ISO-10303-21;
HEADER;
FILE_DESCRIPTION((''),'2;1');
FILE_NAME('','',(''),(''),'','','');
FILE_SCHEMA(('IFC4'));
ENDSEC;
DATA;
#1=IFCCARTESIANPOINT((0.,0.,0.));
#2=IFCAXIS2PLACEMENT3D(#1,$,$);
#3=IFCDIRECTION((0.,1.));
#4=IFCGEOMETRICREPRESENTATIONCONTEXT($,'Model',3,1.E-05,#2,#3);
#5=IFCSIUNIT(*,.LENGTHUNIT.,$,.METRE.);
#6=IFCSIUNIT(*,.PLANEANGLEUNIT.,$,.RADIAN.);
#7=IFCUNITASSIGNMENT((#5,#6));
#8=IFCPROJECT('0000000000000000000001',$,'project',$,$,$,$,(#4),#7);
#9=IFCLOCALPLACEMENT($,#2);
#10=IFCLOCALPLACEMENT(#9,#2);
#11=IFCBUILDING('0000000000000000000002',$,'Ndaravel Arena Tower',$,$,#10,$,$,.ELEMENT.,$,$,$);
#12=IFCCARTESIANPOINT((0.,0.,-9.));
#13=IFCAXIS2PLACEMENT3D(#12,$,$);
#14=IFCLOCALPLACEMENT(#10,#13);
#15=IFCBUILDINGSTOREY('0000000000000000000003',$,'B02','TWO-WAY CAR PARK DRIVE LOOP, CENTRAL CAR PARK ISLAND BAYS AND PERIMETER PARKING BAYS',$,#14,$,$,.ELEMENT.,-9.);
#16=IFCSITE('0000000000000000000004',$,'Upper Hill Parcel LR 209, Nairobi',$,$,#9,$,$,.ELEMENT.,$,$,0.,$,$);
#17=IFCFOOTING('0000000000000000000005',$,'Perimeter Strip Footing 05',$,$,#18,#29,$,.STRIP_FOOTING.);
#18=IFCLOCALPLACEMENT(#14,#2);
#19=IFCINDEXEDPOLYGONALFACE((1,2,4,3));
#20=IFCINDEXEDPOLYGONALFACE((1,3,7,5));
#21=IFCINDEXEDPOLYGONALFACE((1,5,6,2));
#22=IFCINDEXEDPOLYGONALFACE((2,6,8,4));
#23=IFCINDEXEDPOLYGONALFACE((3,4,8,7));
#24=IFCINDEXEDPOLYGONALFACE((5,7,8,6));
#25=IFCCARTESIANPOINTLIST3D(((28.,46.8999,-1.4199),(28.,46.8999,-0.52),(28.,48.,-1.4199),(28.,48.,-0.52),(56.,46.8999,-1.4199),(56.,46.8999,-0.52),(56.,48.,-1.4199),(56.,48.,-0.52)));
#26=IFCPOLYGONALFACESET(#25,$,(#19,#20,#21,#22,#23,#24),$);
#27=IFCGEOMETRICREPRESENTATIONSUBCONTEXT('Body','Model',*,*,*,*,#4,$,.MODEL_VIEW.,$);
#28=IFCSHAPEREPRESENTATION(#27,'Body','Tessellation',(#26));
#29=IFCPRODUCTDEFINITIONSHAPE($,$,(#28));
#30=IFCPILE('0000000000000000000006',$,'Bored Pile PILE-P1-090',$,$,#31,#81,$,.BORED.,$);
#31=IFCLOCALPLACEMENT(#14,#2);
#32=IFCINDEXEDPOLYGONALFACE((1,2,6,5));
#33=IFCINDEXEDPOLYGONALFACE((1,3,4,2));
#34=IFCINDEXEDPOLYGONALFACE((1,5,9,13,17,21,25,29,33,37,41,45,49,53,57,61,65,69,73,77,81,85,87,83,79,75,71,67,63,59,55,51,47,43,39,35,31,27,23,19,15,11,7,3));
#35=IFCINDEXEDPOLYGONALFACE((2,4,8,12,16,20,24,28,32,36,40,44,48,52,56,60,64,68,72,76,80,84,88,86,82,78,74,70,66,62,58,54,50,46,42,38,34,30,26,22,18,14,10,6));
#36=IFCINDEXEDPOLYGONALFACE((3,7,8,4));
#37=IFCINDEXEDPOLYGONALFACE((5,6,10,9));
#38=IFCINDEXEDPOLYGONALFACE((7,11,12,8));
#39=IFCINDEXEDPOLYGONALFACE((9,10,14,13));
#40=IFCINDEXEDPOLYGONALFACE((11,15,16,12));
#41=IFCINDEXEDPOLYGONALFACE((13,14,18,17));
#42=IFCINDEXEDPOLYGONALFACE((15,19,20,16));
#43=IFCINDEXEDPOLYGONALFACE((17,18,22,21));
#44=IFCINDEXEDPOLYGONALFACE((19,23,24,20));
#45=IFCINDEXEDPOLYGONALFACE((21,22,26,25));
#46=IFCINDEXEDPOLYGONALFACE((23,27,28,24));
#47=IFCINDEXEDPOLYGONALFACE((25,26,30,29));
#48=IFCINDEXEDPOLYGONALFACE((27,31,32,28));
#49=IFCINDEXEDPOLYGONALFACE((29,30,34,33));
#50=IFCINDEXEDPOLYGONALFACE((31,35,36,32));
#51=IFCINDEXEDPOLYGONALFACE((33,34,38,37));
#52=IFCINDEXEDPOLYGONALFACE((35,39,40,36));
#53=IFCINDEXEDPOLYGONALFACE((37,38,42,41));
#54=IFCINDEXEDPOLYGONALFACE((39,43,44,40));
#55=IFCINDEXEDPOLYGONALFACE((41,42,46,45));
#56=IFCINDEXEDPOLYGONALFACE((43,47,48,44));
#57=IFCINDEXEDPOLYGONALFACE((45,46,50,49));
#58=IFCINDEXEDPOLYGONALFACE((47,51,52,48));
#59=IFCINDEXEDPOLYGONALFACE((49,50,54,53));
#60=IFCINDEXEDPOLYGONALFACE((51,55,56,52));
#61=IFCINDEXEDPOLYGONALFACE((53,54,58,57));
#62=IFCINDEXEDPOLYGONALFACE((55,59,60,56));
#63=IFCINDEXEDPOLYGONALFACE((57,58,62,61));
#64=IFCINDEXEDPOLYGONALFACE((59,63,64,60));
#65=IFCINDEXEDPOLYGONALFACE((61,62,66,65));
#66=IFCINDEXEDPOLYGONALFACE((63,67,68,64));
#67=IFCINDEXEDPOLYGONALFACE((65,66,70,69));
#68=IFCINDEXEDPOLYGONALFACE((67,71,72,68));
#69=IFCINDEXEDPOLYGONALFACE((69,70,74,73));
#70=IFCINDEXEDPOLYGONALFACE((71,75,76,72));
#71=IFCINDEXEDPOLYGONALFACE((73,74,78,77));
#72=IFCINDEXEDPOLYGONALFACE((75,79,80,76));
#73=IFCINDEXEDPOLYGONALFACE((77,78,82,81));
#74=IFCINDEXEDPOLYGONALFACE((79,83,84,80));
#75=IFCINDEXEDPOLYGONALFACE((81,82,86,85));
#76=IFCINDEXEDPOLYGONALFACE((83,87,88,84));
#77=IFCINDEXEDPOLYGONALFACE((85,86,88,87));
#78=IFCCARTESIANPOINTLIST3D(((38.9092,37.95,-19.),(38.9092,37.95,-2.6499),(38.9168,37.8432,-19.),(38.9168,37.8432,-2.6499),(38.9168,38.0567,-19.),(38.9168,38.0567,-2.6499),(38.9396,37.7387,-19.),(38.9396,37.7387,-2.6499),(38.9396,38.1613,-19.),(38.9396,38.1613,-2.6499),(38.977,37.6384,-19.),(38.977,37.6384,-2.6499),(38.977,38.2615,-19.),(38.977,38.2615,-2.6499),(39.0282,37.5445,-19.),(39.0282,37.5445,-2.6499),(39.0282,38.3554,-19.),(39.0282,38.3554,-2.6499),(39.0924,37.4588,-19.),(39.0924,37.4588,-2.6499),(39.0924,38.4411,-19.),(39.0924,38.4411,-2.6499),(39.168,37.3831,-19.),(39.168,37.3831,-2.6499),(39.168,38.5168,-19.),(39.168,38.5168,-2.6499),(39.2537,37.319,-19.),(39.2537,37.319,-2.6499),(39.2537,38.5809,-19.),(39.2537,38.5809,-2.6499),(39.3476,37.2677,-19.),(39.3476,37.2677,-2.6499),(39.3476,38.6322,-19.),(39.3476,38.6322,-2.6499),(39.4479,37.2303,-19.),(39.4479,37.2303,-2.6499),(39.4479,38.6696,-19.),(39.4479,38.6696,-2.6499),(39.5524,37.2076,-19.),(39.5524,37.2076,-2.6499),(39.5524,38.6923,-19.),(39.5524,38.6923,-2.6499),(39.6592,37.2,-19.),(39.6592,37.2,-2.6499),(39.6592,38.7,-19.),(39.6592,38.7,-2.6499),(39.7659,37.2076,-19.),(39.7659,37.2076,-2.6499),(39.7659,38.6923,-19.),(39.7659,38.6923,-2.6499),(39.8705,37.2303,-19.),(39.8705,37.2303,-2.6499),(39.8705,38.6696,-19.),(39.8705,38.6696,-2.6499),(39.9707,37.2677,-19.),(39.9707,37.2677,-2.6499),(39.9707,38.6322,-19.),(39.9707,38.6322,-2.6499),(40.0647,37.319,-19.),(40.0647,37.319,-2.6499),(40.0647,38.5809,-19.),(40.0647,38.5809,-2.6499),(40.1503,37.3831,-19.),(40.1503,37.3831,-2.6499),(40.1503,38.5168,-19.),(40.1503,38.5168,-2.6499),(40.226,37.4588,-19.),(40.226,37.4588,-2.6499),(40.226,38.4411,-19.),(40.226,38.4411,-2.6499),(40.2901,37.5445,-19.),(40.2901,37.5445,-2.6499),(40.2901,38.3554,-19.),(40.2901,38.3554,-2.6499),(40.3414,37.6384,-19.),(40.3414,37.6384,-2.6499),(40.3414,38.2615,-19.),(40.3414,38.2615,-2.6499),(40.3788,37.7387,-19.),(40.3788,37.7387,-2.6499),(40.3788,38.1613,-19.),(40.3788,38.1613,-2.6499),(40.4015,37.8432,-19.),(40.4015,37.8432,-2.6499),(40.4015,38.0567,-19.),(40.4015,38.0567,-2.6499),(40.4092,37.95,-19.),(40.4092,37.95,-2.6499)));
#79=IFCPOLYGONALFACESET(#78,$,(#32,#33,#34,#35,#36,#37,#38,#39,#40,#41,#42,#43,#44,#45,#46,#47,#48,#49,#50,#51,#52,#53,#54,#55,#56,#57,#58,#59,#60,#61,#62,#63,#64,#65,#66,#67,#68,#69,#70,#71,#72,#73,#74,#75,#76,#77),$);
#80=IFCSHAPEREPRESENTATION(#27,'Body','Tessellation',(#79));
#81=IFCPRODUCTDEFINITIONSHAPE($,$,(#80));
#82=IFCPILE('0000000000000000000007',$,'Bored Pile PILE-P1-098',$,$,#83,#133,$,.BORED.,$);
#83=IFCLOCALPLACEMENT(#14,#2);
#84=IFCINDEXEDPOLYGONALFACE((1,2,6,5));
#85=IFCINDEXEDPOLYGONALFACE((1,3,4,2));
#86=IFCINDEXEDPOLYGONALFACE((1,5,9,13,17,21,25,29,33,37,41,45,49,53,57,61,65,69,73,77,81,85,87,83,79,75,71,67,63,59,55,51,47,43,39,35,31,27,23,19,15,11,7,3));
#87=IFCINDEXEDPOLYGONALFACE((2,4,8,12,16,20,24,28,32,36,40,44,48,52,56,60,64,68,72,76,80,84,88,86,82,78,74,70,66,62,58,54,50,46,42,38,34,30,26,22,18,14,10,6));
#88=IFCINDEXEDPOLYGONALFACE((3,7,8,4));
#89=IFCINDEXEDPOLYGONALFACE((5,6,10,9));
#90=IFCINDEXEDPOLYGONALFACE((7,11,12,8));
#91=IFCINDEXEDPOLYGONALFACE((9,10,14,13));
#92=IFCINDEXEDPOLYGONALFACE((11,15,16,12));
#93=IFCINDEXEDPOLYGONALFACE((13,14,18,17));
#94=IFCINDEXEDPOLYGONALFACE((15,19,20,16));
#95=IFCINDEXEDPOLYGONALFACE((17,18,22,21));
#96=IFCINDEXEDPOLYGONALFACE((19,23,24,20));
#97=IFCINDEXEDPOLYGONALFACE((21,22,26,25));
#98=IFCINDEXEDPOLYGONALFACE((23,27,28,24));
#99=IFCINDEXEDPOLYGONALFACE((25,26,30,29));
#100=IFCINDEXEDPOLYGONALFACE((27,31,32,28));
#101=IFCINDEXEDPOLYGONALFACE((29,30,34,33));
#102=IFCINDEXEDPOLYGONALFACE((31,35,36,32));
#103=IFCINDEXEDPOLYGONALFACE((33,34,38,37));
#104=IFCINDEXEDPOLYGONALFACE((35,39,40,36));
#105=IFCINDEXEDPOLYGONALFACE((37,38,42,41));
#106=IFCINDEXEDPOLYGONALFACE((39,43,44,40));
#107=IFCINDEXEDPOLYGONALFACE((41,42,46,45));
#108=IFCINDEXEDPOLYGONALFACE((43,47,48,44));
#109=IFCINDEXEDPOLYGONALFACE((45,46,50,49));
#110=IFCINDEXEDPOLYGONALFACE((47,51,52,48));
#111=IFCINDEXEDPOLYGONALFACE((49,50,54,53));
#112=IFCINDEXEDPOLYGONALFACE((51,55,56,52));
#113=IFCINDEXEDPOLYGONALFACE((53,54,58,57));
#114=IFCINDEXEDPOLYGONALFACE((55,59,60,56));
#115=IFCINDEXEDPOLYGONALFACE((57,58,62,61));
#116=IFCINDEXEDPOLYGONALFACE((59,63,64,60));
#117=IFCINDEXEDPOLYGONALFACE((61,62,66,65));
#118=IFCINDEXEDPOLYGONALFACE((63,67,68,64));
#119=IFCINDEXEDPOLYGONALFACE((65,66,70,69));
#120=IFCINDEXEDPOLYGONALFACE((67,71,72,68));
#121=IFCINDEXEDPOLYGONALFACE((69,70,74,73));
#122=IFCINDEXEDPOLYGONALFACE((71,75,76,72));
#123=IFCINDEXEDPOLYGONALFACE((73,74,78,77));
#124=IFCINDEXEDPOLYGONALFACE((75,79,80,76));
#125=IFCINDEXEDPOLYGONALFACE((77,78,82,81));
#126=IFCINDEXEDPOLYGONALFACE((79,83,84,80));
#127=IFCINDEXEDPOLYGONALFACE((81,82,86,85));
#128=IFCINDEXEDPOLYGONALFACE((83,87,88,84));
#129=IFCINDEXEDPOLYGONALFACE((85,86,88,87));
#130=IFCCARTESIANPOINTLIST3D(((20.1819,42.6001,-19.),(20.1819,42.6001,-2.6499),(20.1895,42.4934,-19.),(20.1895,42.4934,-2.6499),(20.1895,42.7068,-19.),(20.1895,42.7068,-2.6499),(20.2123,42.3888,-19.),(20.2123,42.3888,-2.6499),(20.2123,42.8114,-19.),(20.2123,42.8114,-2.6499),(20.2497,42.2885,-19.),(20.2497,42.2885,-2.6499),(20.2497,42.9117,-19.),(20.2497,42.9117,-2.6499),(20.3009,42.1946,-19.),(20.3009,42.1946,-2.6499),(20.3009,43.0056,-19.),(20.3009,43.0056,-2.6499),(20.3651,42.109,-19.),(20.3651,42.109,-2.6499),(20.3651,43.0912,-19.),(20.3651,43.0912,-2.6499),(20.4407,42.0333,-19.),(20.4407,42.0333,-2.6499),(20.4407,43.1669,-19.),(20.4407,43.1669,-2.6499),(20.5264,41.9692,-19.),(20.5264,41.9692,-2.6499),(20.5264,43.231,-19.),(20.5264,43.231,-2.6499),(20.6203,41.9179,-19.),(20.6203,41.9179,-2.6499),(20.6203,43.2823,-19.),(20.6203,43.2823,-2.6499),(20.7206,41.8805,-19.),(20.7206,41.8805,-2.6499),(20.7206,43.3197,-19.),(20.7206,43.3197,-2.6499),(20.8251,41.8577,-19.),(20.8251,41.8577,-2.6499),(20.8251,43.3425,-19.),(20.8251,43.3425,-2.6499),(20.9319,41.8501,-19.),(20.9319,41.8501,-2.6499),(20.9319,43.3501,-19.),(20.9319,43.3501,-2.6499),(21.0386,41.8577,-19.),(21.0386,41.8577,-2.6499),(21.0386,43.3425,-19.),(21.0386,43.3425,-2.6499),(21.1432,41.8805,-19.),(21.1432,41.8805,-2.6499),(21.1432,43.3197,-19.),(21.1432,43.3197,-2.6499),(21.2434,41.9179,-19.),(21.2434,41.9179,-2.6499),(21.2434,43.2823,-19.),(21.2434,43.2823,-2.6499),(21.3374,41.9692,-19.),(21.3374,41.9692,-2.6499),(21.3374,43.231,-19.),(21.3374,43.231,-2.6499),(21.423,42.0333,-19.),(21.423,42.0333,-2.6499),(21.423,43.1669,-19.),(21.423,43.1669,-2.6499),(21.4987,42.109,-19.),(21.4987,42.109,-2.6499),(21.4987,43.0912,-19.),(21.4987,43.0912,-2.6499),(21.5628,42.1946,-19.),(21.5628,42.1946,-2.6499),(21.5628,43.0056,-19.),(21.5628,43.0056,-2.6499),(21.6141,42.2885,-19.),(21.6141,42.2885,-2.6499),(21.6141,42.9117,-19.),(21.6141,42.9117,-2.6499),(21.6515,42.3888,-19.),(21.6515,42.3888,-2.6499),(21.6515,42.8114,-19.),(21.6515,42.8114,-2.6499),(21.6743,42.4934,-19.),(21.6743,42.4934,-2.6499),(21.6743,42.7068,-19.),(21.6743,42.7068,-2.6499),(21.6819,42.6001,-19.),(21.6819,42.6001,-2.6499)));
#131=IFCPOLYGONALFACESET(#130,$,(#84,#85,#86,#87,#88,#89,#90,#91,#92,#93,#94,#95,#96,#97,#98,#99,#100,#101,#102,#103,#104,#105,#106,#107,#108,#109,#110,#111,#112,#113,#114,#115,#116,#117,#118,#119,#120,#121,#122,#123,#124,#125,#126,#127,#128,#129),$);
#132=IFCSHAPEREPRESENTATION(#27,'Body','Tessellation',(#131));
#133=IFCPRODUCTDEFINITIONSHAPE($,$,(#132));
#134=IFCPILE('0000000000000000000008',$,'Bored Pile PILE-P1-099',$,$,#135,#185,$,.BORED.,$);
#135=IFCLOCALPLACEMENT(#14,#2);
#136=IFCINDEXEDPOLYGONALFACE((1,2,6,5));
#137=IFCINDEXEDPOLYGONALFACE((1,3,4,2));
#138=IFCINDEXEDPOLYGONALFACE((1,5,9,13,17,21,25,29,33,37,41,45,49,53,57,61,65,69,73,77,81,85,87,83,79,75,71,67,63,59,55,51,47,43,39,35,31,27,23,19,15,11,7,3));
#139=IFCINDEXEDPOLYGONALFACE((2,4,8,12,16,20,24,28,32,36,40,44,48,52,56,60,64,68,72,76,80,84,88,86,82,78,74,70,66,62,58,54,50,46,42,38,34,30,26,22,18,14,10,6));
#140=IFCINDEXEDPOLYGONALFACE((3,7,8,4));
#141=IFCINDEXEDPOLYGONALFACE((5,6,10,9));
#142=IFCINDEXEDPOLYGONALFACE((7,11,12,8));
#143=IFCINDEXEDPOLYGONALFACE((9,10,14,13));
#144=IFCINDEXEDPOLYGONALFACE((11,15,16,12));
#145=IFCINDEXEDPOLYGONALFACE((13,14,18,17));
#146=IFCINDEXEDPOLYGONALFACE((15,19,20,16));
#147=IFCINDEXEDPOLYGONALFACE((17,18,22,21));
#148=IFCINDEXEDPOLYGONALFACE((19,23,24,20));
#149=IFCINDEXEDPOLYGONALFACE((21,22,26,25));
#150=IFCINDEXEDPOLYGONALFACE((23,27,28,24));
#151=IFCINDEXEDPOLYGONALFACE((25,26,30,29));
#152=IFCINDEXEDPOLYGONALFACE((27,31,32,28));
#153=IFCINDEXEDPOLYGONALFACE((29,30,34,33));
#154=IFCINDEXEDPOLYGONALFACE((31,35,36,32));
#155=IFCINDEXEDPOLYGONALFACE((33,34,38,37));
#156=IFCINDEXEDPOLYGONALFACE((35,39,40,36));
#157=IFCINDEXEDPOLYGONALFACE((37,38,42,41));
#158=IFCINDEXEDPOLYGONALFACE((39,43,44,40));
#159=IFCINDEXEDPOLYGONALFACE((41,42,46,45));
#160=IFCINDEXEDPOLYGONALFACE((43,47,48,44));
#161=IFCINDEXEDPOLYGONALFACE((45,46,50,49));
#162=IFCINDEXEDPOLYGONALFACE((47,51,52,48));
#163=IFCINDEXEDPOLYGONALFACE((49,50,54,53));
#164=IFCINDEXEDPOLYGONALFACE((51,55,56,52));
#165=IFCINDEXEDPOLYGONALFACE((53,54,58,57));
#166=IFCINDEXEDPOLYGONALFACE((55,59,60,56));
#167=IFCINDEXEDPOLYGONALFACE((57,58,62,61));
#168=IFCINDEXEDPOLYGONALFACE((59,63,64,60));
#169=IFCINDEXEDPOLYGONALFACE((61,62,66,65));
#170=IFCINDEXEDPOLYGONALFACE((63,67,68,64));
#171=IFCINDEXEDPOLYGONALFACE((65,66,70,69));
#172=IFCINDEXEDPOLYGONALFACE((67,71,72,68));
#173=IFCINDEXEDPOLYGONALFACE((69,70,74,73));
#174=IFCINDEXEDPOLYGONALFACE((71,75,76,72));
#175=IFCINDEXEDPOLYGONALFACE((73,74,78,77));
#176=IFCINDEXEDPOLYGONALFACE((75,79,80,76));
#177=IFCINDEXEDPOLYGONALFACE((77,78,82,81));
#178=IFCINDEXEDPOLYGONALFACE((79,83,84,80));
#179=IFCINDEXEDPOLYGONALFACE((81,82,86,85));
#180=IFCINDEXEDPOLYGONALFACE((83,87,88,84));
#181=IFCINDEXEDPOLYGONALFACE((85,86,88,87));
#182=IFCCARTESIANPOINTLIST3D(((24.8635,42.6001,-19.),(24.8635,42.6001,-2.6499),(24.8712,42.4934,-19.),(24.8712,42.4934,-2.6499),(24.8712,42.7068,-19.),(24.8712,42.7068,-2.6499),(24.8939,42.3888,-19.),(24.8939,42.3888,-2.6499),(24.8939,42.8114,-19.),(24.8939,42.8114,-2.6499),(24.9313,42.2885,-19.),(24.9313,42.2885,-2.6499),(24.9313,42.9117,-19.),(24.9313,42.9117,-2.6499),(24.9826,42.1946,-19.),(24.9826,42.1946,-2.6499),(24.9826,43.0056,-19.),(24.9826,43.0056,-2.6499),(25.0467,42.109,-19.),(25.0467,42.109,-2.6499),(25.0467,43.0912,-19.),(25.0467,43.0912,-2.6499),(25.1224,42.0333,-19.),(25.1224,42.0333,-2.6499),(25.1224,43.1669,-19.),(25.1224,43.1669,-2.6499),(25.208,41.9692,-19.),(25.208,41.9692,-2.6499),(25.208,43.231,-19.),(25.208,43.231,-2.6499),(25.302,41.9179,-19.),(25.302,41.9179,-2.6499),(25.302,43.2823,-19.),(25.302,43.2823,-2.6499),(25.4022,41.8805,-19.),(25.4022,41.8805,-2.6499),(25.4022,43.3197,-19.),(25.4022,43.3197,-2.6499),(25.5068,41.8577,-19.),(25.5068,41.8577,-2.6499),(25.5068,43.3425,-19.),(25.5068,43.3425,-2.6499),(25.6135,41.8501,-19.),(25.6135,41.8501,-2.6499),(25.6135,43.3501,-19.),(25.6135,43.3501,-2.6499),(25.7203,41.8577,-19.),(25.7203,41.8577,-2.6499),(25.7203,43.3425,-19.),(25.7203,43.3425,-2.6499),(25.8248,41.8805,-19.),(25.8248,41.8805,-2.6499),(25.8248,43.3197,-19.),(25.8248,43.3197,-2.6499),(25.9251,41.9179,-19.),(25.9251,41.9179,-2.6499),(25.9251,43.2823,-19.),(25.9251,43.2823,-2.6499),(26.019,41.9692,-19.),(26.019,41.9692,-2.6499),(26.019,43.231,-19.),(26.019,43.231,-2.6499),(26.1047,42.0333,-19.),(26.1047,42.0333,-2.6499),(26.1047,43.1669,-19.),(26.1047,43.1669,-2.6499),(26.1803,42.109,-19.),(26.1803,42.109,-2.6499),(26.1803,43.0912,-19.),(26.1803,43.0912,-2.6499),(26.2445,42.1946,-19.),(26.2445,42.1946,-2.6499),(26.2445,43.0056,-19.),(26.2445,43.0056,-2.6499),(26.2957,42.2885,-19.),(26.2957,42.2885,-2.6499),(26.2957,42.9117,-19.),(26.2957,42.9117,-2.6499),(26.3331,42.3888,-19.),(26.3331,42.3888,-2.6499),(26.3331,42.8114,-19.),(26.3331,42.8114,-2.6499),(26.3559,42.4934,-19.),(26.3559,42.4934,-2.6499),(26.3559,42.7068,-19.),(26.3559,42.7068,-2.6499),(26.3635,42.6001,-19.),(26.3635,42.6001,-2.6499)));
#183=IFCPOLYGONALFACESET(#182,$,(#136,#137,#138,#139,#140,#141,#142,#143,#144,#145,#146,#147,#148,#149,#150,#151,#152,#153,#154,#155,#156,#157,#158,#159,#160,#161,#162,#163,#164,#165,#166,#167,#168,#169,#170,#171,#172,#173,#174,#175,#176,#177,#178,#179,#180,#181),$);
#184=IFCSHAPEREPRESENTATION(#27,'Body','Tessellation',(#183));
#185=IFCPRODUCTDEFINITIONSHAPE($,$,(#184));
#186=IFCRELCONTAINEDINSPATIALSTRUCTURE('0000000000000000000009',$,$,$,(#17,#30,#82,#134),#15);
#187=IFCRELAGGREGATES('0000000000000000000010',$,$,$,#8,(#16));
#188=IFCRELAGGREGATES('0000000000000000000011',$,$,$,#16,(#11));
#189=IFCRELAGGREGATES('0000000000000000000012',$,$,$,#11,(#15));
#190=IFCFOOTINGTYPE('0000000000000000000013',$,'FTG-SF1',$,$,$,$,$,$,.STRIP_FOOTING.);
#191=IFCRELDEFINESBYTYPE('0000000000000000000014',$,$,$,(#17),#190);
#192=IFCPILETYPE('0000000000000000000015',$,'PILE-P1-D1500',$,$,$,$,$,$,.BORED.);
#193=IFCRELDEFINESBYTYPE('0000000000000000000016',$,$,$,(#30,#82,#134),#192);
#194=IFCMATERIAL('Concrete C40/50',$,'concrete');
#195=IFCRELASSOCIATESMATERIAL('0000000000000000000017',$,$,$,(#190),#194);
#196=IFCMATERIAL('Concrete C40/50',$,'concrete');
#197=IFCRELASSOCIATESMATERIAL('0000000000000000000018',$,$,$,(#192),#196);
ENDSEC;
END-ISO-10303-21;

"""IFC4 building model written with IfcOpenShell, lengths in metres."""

from ifc_helpers import new_model, si_unit, direction, frame, origin, origin_2d, place, context, subcontext, project, spatial, rectangle, circle, extrude, material, material_profile, profile_set, type_object, element, save


model = new_model("IFC4")

# Units and contexts
model_context = context("Model", 3, precision=1e-05, world=origin(), true_north=direction((0.0, 1.0)))
body_context = subcontext(model_context, "Body", "Model", "MODEL_VIEW")
ifc_project = project(units=[si_unit("LENGTHUNIT", "METRE"), si_unit("PLANEANGLEUNIT", "RADIAN")], contexts=[model_context])

# Site, building, storey
site_placement = place(None, origin())
site = spatial("IfcSite", under=ifc_project, at=site_placement, Name="Upper Hill Parcel LR 209, Nairobi", CompositionType="ELEMENT", RefElevation=0.0)
building_placement = place(site_placement, origin())
building = spatial("IfcBuilding", under=site, at=building_placement, Name="Ndaravel Arena Tower", CompositionType="ELEMENT")
storey_placement = place(building_placement, frame((0.0, 0.0, -9.0)))
storey = spatial("IfcBuildingStorey", under=building, at=storey_placement, Name="B02", Description="TWO-WAY CAR PARK DRIVE LOOP, CENTRAL CAR PARK ISLAND BAYS AND PERIMETER PARKING BAYS", CompositionType="ELEMENT", Elevation=-9.0)

# Footing
ifc_material_1 = material(Name="Concrete C40/50", Category="concrete")
ifc_material_profile_1 = material_profile(ifc_material_1, rectangle(XDim=1.1001, YDim=0.8999, at=origin_2d()), Name="RC 1100x900")
ifc_profile_set_1 = profile_set([ifc_material_profile_1], Name="Concrete C40/50")
footing_type = type_object("IfcFootingType", Name="FTG-SF1", PredefinedType="STRIP_FOOTING", material=ifc_profile_set_1)
footing_placement = place(storey_placement, frame((28.0, 47.45, -0.97), z_axis=(1.0, 0.0, 0.0), x_axis=(0.0, 1.0, 0.0)))
element("IfcFooting", 1, at=footing_placement, inside=storey, type_object=footing_type, Name="Perimeter Strip Footing 05", PredefinedType="STRIP_FOOTING", context=body_context, shape_type="SweptSolid", body=[
    extrude(rectangle(XDim=1.1001, YDim=0.8999, at=origin_2d()), origin(), (0.0, 0.0, 1.0), 28.0),
])

# Piles
ifc_material_2 = material(Name="Concrete C40/50", Category="concrete")
ifc_material_profile_2 = material_profile(ifc_material_2, circle(Radius=0.75, at=origin_2d()), Name="BORED PILE D1500")
ifc_profile_set_2 = profile_set([ifc_material_profile_2], Name="Concrete C40/50")
pile_type = type_object("IfcPileType", Name="PILE-P1-D1500", PredefinedType="BORED", material=ifc_profile_set_2)
for number, where, z_axis, x_axis, name in (
    (2, (39.6592, 37.95, -2.6499), (0.0, 0.0, -1.0), (1.0, 0.0, 0.0), "Bored Pile PILE-P1-090"),
    (3, (20.9319, 42.6001, -2.6499), (0.0, 0.0, -1.0), (1.0, 0.0, 0.0), "Bored Pile PILE-P1-098"),
    (4, (25.6135, 42.6001, -2.6499), (0.0, 0.0, -1.0), (1.0, 0.0, 0.0), "Bored Pile PILE-P1-099"),
):
    element("IfcPile", number, at=place(storey_placement, frame(where, z_axis=z_axis, x_axis=x_axis)), inside=storey, type_object=pile_type, Name=name, PredefinedType="BORED", context=body_context, shape_type="SweptSolid", body=[
        extrude(circle(Radius=0.75, at=origin_2d()), origin(), (0.0, 0.0, 1.0), 16.3501),
    ])

save(model, "model.ifc")
